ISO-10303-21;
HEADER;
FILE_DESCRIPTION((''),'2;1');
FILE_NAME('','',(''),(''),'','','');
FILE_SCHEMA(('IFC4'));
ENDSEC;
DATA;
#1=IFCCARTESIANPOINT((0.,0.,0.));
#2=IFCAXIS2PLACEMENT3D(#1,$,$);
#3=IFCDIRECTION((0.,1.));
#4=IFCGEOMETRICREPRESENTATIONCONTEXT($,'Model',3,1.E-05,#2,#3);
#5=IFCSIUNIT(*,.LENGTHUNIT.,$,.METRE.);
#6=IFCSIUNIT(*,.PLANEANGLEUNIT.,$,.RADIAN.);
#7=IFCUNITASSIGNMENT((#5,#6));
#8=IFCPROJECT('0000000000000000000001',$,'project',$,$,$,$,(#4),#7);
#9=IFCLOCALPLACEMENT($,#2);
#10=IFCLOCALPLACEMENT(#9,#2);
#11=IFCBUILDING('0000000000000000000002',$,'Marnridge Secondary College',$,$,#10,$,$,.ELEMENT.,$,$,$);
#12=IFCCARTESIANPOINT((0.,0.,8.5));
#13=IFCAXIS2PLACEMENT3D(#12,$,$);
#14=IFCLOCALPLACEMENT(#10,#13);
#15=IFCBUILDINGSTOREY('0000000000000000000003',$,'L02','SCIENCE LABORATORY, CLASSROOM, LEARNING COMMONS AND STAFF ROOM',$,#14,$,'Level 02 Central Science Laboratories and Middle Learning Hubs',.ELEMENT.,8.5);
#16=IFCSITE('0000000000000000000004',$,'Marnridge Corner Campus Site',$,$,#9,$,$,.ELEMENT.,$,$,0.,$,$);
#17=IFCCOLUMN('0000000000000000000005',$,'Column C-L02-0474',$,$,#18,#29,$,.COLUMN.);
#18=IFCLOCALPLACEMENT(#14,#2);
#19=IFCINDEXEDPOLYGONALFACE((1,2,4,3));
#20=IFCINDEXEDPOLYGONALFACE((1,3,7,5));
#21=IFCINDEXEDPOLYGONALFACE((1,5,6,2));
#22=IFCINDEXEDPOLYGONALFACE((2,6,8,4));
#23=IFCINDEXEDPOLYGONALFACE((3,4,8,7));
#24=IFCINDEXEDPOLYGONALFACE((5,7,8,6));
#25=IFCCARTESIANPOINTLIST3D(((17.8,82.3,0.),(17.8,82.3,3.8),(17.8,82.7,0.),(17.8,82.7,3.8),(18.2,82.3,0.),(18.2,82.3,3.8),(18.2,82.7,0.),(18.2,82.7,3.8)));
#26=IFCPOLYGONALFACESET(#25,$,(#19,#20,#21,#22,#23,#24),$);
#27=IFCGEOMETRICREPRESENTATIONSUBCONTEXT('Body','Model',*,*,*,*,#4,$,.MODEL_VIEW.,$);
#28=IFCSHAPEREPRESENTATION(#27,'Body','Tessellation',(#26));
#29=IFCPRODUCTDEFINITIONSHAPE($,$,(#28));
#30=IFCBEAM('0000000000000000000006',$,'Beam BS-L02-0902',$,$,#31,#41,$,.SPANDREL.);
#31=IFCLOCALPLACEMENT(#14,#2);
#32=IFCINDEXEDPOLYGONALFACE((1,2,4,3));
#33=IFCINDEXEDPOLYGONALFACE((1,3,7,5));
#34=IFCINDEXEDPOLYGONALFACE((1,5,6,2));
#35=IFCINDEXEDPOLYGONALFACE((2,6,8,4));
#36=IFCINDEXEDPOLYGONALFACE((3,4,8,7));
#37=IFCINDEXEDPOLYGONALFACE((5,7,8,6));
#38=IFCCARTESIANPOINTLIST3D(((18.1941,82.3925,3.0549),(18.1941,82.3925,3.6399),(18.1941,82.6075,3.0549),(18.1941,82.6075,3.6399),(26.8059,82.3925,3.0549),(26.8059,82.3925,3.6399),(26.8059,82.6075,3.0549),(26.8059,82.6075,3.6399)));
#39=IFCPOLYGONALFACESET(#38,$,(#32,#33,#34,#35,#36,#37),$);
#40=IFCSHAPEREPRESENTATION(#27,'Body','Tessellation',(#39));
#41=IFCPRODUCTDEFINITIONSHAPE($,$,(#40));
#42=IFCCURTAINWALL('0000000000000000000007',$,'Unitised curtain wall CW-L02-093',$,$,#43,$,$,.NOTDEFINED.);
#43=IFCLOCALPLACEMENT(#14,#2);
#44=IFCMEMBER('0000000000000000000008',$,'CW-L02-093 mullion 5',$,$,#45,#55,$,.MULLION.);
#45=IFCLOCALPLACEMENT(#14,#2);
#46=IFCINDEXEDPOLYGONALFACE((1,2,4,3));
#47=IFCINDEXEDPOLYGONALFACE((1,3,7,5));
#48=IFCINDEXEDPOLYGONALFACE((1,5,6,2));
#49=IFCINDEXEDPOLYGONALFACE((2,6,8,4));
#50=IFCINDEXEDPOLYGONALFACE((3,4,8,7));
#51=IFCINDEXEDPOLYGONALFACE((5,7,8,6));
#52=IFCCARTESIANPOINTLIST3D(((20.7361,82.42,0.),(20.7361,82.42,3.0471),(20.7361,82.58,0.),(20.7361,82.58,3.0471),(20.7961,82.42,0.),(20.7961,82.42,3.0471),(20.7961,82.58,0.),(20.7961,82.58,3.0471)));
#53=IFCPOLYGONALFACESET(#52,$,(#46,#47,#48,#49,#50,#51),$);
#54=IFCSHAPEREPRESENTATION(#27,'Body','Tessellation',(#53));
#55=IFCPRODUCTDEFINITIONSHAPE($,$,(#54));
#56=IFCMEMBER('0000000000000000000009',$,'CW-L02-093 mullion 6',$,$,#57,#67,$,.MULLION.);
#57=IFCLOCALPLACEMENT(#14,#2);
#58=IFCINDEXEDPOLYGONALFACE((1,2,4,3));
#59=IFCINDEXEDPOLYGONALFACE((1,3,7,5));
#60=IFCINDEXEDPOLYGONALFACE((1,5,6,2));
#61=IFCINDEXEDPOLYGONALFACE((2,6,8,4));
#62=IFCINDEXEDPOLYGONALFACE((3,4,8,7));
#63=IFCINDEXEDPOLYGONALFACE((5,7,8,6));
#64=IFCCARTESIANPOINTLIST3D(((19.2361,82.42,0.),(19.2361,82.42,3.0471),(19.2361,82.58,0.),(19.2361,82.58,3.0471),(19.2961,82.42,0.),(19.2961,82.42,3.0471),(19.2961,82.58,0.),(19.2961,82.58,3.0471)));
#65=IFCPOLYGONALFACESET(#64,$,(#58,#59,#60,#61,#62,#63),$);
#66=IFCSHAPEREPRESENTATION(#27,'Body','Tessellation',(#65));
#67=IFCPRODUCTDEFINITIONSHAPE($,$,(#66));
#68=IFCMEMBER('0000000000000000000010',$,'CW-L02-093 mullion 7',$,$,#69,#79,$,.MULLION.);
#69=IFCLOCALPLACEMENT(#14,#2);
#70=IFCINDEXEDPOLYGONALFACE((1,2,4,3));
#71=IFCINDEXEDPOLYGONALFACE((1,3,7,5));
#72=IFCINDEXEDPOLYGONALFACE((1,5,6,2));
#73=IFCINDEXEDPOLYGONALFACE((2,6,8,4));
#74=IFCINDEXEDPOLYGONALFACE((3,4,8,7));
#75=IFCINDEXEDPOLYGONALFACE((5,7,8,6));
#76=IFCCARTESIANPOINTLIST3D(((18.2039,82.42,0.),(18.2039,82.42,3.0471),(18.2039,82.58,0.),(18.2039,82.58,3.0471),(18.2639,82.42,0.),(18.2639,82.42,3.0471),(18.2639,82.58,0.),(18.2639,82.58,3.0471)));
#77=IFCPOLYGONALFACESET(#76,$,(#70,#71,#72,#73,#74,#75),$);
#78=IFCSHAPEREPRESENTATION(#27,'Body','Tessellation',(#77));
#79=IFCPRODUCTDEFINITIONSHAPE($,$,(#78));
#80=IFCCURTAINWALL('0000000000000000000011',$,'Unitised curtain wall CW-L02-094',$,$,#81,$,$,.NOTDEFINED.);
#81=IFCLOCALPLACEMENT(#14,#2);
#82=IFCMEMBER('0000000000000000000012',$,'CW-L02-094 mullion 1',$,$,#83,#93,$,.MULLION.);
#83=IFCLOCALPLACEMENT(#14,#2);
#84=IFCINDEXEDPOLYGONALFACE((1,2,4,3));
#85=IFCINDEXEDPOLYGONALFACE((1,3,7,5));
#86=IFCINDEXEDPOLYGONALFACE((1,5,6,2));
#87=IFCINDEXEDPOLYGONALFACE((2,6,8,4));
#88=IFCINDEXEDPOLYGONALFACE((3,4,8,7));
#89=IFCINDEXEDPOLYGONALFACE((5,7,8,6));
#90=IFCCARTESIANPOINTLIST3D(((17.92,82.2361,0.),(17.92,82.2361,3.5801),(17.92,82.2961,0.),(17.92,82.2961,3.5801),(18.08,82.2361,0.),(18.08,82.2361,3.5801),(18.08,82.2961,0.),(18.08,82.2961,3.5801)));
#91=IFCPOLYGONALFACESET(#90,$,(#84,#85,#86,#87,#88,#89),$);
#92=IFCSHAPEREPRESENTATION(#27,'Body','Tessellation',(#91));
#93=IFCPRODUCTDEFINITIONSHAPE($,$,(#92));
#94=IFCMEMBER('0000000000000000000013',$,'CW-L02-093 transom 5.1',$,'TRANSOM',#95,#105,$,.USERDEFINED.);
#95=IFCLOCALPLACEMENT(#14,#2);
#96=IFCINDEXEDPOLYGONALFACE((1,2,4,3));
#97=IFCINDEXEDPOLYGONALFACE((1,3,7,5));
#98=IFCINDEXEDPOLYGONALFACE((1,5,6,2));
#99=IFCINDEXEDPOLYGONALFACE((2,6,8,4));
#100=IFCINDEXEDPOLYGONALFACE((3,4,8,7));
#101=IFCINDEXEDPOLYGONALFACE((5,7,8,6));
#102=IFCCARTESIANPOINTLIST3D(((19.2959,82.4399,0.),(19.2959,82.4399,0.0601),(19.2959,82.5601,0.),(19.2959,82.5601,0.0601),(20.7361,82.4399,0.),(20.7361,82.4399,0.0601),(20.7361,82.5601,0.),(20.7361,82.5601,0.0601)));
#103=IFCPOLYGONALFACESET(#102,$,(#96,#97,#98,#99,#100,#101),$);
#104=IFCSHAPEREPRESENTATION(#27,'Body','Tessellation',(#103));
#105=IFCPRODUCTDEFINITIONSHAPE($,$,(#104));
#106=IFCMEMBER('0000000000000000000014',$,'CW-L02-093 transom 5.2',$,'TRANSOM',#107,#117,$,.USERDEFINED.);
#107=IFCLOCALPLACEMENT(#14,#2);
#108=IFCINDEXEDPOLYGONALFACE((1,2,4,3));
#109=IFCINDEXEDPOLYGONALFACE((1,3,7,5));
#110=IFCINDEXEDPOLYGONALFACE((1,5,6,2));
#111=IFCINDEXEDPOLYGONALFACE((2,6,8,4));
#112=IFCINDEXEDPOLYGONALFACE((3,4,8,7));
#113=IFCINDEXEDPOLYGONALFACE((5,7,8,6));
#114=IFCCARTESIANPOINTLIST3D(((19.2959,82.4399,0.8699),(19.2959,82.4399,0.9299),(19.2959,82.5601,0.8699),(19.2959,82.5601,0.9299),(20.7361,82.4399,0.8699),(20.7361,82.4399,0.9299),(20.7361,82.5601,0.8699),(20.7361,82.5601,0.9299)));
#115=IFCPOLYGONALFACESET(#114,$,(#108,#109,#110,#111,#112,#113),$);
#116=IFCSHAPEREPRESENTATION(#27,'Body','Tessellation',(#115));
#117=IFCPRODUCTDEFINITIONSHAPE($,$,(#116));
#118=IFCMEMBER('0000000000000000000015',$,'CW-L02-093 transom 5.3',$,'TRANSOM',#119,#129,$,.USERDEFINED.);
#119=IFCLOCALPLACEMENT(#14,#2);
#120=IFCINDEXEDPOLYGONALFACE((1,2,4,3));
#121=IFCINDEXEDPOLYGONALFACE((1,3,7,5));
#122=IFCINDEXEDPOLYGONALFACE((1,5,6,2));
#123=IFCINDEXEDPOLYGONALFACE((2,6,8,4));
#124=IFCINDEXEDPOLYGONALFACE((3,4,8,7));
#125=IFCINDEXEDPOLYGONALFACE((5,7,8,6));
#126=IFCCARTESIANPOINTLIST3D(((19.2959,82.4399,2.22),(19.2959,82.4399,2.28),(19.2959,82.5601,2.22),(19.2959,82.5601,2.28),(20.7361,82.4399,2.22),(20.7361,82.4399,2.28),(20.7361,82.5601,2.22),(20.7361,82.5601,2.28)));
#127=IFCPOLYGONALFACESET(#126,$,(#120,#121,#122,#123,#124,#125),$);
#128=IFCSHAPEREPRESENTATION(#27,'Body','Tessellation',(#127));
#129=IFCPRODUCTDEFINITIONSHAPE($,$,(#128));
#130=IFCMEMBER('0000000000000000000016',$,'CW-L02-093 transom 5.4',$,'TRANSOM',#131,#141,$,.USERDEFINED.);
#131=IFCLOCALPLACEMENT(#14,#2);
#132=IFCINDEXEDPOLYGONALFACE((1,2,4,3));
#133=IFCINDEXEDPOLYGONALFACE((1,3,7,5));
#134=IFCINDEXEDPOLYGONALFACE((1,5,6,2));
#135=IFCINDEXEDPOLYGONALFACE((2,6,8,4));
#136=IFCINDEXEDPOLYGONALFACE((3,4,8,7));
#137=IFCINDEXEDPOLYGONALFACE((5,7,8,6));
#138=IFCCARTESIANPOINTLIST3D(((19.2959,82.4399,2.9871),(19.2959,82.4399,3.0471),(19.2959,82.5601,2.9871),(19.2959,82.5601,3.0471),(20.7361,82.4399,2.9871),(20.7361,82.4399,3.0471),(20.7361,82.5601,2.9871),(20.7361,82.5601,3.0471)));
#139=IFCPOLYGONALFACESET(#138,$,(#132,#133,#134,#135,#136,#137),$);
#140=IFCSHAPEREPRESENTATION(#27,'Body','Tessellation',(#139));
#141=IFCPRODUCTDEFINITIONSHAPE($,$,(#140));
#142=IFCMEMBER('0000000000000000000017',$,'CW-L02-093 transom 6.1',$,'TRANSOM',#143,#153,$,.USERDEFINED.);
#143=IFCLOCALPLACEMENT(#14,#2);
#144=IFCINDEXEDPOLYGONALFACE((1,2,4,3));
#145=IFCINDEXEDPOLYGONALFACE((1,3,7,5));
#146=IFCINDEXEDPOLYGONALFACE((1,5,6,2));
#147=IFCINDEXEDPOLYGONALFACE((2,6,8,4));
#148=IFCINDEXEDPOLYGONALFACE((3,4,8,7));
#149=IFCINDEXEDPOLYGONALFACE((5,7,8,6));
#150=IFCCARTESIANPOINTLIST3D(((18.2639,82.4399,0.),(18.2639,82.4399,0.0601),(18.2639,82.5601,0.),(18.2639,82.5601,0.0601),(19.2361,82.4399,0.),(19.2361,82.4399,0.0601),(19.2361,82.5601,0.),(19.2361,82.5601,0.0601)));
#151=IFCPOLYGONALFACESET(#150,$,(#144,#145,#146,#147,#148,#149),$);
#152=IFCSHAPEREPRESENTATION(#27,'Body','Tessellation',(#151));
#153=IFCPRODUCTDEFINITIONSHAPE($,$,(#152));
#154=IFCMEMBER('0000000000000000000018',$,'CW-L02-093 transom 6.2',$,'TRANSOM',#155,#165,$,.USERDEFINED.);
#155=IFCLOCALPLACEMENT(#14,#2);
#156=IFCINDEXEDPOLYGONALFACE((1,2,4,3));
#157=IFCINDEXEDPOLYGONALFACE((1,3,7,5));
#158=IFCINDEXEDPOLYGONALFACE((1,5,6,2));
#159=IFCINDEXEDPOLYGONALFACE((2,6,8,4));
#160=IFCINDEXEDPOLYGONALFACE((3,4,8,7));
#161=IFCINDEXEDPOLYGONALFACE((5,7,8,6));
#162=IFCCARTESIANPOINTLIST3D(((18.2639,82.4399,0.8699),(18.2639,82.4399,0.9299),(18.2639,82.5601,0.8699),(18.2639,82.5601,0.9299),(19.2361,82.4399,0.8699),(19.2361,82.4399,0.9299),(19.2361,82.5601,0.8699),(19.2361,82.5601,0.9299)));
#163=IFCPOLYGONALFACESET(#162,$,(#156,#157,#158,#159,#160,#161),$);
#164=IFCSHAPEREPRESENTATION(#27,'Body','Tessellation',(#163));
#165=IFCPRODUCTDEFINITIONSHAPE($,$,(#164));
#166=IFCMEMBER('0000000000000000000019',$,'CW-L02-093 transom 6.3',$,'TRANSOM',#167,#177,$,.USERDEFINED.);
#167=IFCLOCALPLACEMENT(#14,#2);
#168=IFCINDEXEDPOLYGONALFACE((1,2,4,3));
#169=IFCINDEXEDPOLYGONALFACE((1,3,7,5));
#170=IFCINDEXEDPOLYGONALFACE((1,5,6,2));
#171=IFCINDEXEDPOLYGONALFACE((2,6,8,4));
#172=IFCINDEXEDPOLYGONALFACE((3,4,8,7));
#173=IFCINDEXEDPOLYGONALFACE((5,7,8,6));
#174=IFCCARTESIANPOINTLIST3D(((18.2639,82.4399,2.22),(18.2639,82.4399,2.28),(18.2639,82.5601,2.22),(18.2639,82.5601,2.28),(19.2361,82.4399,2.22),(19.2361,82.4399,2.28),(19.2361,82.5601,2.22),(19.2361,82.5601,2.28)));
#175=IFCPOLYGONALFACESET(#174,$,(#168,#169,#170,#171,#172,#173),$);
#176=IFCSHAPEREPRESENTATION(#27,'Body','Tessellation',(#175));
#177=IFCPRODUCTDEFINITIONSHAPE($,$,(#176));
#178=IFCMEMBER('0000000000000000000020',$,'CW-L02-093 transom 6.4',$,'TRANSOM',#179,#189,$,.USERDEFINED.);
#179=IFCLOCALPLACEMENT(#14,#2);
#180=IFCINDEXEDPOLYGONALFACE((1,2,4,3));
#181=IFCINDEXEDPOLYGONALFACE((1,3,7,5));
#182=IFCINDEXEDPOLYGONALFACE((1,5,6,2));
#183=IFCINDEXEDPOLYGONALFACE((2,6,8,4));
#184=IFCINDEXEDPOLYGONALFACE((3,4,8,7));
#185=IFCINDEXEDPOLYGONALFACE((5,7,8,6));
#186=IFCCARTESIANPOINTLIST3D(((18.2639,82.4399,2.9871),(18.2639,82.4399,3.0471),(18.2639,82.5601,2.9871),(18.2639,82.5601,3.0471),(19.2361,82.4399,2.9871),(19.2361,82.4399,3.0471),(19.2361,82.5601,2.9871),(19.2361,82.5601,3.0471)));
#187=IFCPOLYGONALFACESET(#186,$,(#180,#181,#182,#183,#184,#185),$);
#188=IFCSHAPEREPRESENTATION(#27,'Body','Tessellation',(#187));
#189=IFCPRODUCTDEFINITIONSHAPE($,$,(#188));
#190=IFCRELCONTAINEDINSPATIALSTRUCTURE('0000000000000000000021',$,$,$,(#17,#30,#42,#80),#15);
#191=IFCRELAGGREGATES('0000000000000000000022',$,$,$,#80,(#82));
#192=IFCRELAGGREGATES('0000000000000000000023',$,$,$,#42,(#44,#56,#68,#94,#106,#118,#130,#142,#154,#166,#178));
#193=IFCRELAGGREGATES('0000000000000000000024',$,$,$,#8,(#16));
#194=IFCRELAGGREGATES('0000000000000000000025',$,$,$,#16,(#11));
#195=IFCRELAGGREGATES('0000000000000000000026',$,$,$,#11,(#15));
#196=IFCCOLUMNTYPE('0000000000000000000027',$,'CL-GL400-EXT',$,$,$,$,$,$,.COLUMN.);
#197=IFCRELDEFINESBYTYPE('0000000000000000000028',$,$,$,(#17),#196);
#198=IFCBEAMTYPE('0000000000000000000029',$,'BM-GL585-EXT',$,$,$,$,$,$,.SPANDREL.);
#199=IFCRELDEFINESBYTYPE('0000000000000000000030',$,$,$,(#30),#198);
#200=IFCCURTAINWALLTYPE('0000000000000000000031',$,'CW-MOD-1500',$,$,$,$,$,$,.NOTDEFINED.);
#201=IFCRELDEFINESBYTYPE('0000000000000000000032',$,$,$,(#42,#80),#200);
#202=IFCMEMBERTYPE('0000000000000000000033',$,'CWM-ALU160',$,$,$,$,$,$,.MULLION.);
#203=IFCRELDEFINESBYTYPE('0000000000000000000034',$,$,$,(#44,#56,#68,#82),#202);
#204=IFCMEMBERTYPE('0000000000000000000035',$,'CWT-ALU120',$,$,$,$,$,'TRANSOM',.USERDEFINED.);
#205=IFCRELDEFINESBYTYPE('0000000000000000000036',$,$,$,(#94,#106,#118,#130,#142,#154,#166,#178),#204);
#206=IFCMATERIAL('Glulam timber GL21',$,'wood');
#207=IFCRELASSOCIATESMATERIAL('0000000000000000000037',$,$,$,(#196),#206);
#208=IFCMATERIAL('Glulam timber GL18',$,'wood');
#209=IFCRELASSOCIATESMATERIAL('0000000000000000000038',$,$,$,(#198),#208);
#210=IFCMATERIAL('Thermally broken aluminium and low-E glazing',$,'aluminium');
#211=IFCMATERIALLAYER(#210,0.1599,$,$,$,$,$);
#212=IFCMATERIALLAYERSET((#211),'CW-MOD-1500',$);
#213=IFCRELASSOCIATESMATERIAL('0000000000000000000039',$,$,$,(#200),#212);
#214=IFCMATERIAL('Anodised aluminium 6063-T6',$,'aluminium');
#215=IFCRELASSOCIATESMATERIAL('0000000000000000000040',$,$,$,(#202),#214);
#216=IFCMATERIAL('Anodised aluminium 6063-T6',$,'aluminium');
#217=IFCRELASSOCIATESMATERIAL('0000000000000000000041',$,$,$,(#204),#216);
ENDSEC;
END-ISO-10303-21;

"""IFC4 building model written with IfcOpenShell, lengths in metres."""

from ifc_helpers import new_model, si_unit, direction, frame, origin, origin_2d, place, context, subcontext, project, spatial, rectangle, extrude, material, layer, layer_set, material_profile, profile_set, type_object, element, aggregate, save


model = new_model("IFC4")

# Units and contexts
model_context = context("Model", 3, precision=1e-05, world=origin(), true_north=direction((0.0, 1.0)))
body_context = subcontext(model_context, "Body", "Model", "MODEL_VIEW")
ifc_project = project(units=[si_unit("LENGTHUNIT", "METRE"), si_unit("PLANEANGLEUNIT", "RADIAN")], contexts=[model_context])

# Site, building, storey
site_placement = place(None, origin())
site = spatial("IfcSite", under=ifc_project, at=site_placement, Name="Marnridge Corner Campus Site", CompositionType="ELEMENT", RefElevation=0.0)
building_placement = place(site_placement, origin())
building = spatial("IfcBuilding", under=site, at=building_placement, Name="Marnridge Secondary College", CompositionType="ELEMENT")
storey_placement = place(building_placement, frame((0.0, 0.0, 8.5)))
storey = spatial("IfcBuildingStorey", under=building, at=storey_placement, Name="L02", Description="SCIENCE LABORATORY, CLASSROOM, LEARNING COMMONS AND STAFF ROOM", LongName="Level 02 Central Science Laboratories and Middle Learning Hubs", CompositionType="ELEMENT", Elevation=8.5)

# Column
ifc_material_1 = material(Name="Glulam timber GL21", Category="wood")
ifc_material_profile_1 = material_profile(ifc_material_1, rectangle(XDim=0.3999, YDim=0.3999, at=origin_2d()), Name="GL21 400x400")
ifc_profile_set_1 = profile_set([ifc_material_profile_1], Name="Glulam timber GL21")
column_type = type_object("IfcColumnType", Name="CL-GL400-EXT", PredefinedType="COLUMN", material=ifc_profile_set_1)
column_placement = place(storey_placement, frame((18.0, 82.5, 0.0), z_axis=(0.0, 0.0, 1.0), x_axis=(1.0, 0.0, 0.0)))
element("IfcColumn", 1, at=column_placement, inside=storey, type_object=column_type, Name="Column C-L02-0474", PredefinedType="COLUMN", context=body_context, shape_type="SweptSolid", body=[
    extrude(rectangle(XDim=0.3999, YDim=0.3999, at=origin_2d()), origin(), (0.0, 0.0, 1.0), 3.8),
])

# Beam
ifc_material_2 = material(Name="Glulam timber GL18", Category="wood")
ifc_material_profile_2 = material_profile(ifc_material_2, rectangle(XDim=0.2151, YDim=0.585, at=origin_2d()), Name="GL18 215x585")
ifc_profile_set_2 = profile_set([ifc_material_profile_2], Name="Glulam timber GL18")
beam_type = type_object("IfcBeamType", Name="BM-GL585-EXT", PredefinedType="SPANDREL", material=ifc_profile_set_2)
beam_placement = place(storey_placement, frame((18.1941, 82.5, 3.3474), z_axis=(1.0, 0.0, 0.0), x_axis=(0.0, 1.0, 0.0)))
element("IfcBeam", 2, at=beam_placement, inside=storey, type_object=beam_type, Name="Beam BS-L02-0902", PredefinedType="SPANDREL", context=body_context, shape_type="SweptSolid", body=[
    extrude(rectangle(XDim=0.2151, YDim=0.585, at=origin_2d()), origin(), (0.0, 0.0, 1.0), 8.6118),
])

# Curtain wall, members
ifc_material_3 = material(Name="Thermally broken aluminium and low-E glazing", Category="aluminium")
ifc_layer_1 = layer(ifc_material_3, 0.1599)
ifc_layer_set_1 = layer_set([ifc_layer_1], Name="CW-MOD-1500")
curtain_wall_type = type_object("IfcCurtainWallType", Name="CW-MOD-1500", PredefinedType="NOTDEFINED", material=ifc_layer_set_1)
curtain_wall_1_placement = place(storey_placement, origin())
curtain_wall_1 = element("IfcCurtainWall", 3, at=curtain_wall_1_placement, inside=storey, type_object=curtain_wall_type, Name="Unitised curtain wall CW-L02-093", PredefinedType="NOTDEFINED")
ifc_material_4 = material(Name="Anodised aluminium 6063-T6", Category="aluminium")
ifc_material_profile_3 = material_profile(ifc_material_4, rectangle(XDim=0.0601, YDim=0.1599, at=origin_2d()), Name="ALU 60x160")
ifc_profile_set_3 = profile_set([ifc_material_profile_3], Name="Anodised aluminium 6063-T6")
member_type_1 = type_object("IfcMemberType", Name="CWM-ALU160", PredefinedType="MULLION", material=ifc_profile_set_3)
member_1_placement = place(storey_placement, frame((20.7661, 82.5, 0.0), z_axis=(0.0, 0.0, 1.0), x_axis=(-1.0, 0.0, 0.0)))
member_1 = element("IfcMember", 4, at=member_1_placement, type_object=member_type_1, Name="CW-L02-093 mullion 5", PredefinedType="MULLION", context=body_context, shape_type="SweptSolid", body=[
    extrude(rectangle(XDim=0.0601, YDim=0.1599, at=origin_2d()), origin(), (0.0, 0.0, 1.0), 3.0471),
])
member_2_placement = place(storey_placement, frame((19.2661, 82.5, 0.0), z_axis=(0.0, 0.0, 1.0), x_axis=(-1.0, 0.0, 0.0)))
member_2 = element("IfcMember", 5, at=member_2_placement, type_object=member_type_1, Name="CW-L02-093 mullion 6", PredefinedType="MULLION", context=body_context, shape_type="SweptSolid", body=[
    extrude(rectangle(XDim=0.0601, YDim=0.1599, at=origin_2d()), origin(), (0.0, 0.0, 1.0), 3.0471),
])
member_3_placement = place(storey_placement, frame((18.2339, 82.5, 0.0), z_axis=(0.0, 0.0, 1.0), x_axis=(-1.0, 0.0, 0.0)))
member_3 = element("IfcMember", 6, at=member_3_placement, type_object=member_type_1, Name="CW-L02-093 mullion 7", PredefinedType="MULLION", context=body_context, shape_type="SweptSolid", body=[
    extrude(rectangle(XDim=0.0601, YDim=0.1599, at=origin_2d()), origin(), (0.0, 0.0, 1.0), 3.0471),
])

# Curtain wall, member
curtain_wall_2_placement = place(storey_placement, origin())
curtain_wall_2 = element("IfcCurtainWall", 7, at=curtain_wall_2_placement, inside=storey, type_object=curtain_wall_type, Name="Unitised curtain wall CW-L02-094", PredefinedType="NOTDEFINED")
member_4_placement = place(storey_placement, frame((18.0, 82.2661, 0.0), z_axis=(0.0, 0.0, 1.0), x_axis=(0.0, -1.0, 0.0)))
member_4 = element("IfcMember", 8, at=member_4_placement, type_object=member_type_1, Name="CW-L02-094 mullion 1", PredefinedType="MULLION", context=body_context, shape_type="SweptSolid", body=[
    extrude(rectangle(XDim=0.0601, YDim=0.1599, at=origin_2d()), origin(), (0.0, 0.0, 1.0), 3.5801),
])

# Members
ifc_material_5 = material(Name="Anodised aluminium 6063-T6", Category="aluminium")
ifc_material_profile_4 = material_profile(ifc_material_5, rectangle(XDim=0.0601, YDim=0.1201, at=origin_2d()), Name="ALU 60x120")
ifc_profile_set_4 = profile_set([ifc_material_profile_4], Name="Anodised aluminium 6063-T6")
member_type_2 = type_object("IfcMemberType", Name="CWT-ALU120", ElementType="TRANSOM", PredefinedType="USERDEFINED", material=ifc_profile_set_4)
member_5_placement = place(storey_placement, frame((20.7361, 82.5, 0.03), z_axis=(-1.0, 0.0, 0.0), x_axis=(0.0, 0.0, 1.0)))
member_5 = element("IfcMember", 9, at=member_5_placement, type_object=member_type_2, Name="CW-L02-093 transom 5.1", ObjectType="TRANSOM", PredefinedType="USERDEFINED", context=body_context, shape_type="SweptSolid", body=[
    extrude(rectangle(XDim=0.0601, YDim=0.1201, at=origin_2d()), origin(), (0.0, 0.0, 1.0), 1.4402),
])
member_6_placement = place(storey_placement, frame((20.7361, 82.5, 0.8999), z_axis=(-1.0, 0.0, 0.0), x_axis=(0.0, 0.0, 1.0)))
member_6 = element("IfcMember", 10, at=member_6_placement, type_object=member_type_2, Name="CW-L02-093 transom 5.2", ObjectType="TRANSOM", PredefinedType="USERDEFINED", context=body_context, shape_type="SweptSolid", body=[
    extrude(rectangle(XDim=0.0601, YDim=0.1201, at=origin_2d()), origin(), (0.0, 0.0, 1.0), 1.4402),
])
member_7_placement = place(storey_placement, frame((20.7361, 82.5, 2.25), z_axis=(-1.0, 0.0, 0.0), x_axis=(0.0, 0.0, 1.0)))
member_7 = element("IfcMember", 11, at=member_7_placement, type_object=member_type_2, Name="CW-L02-093 transom 5.3", ObjectType="TRANSOM", PredefinedType="USERDEFINED", context=body_context, shape_type="SweptSolid", body=[
    extrude(rectangle(XDim=0.0601, YDim=0.1201, at=origin_2d()), origin(), (0.0, 0.0, 1.0), 1.4402),
])
member_8_placement = place(storey_placement, frame((20.7361, 82.5, 3.0171), z_axis=(-1.0, 0.0, 0.0), x_axis=(0.0, 0.0, 1.0)))
member_8 = element("IfcMember", 12, at=member_8_placement, type_object=member_type_2, Name="CW-L02-093 transom 5.4", ObjectType="TRANSOM", PredefinedType="USERDEFINED", context=body_context, shape_type="SweptSolid", body=[
    extrude(rectangle(XDim=0.0601, YDim=0.1201, at=origin_2d()), origin(), (0.0, 0.0, 1.0), 1.4402),
])
member_9_placement = place(storey_placement, frame((19.2361, 82.5, 0.03), z_axis=(-1.0, 0.0, 0.0), x_axis=(0.0, 0.0, 1.0)))
member_9 = element("IfcMember", 13, at=member_9_placement, type_object=member_type_2, Name="CW-L02-093 transom 6.1", ObjectType="TRANSOM", PredefinedType="USERDEFINED", context=body_context, shape_type="SweptSolid", body=[
    extrude(rectangle(XDim=0.0601, YDim=0.1201, at=origin_2d()), origin(), (0.0, 0.0, 1.0), 0.9722),
])
member_10_placement = place(storey_placement, frame((19.2361, 82.5, 0.8999), z_axis=(-1.0, 0.0, 0.0), x_axis=(0.0, 0.0, 1.0)))
member_10 = element("IfcMember", 14, at=member_10_placement, type_object=member_type_2, Name="CW-L02-093 transom 6.2", ObjectType="TRANSOM", PredefinedType="USERDEFINED", context=body_context, shape_type="SweptSolid", body=[
    extrude(rectangle(XDim=0.0601, YDim=0.1201, at=origin_2d()), origin(), (0.0, 0.0, 1.0), 0.9722),
])
member_11_placement = place(storey_placement, frame((19.2361, 82.5, 2.25), z_axis=(-1.0, 0.0, 0.0), x_axis=(0.0, 0.0, 1.0)))
member_11 = element("IfcMember", 15, at=member_11_placement, type_object=member_type_2, Name="CW-L02-093 transom 6.3", ObjectType="TRANSOM", PredefinedType="USERDEFINED", context=body_context, shape_type="SweptSolid", body=[
    extrude(rectangle(XDim=0.0601, YDim=0.1201, at=origin_2d()), origin(), (0.0, 0.0, 1.0), 0.9722),
])
member_12_placement = place(storey_placement, frame((19.2361, 82.5, 3.0171), z_axis=(-1.0, 0.0, 0.0), x_axis=(0.0, 0.0, 1.0)))
member_12 = element("IfcMember", 16, at=member_12_placement, type_object=member_type_2, Name="CW-L02-093 transom 6.4", ObjectType="TRANSOM", PredefinedType="USERDEFINED", context=body_context, shape_type="SweptSolid", body=[
    extrude(rectangle(XDim=0.0601, YDim=0.1201, at=origin_2d()), origin(), (0.0, 0.0, 1.0), 0.9722),
])
aggregate(curtain_wall_2, [member_4])

aggregate(curtain_wall_1, [member_1, member_2, member_3, member_5, member_6, member_7, member_8, member_9, member_10, member_11, member_12])

save(model, "model.ifc")
